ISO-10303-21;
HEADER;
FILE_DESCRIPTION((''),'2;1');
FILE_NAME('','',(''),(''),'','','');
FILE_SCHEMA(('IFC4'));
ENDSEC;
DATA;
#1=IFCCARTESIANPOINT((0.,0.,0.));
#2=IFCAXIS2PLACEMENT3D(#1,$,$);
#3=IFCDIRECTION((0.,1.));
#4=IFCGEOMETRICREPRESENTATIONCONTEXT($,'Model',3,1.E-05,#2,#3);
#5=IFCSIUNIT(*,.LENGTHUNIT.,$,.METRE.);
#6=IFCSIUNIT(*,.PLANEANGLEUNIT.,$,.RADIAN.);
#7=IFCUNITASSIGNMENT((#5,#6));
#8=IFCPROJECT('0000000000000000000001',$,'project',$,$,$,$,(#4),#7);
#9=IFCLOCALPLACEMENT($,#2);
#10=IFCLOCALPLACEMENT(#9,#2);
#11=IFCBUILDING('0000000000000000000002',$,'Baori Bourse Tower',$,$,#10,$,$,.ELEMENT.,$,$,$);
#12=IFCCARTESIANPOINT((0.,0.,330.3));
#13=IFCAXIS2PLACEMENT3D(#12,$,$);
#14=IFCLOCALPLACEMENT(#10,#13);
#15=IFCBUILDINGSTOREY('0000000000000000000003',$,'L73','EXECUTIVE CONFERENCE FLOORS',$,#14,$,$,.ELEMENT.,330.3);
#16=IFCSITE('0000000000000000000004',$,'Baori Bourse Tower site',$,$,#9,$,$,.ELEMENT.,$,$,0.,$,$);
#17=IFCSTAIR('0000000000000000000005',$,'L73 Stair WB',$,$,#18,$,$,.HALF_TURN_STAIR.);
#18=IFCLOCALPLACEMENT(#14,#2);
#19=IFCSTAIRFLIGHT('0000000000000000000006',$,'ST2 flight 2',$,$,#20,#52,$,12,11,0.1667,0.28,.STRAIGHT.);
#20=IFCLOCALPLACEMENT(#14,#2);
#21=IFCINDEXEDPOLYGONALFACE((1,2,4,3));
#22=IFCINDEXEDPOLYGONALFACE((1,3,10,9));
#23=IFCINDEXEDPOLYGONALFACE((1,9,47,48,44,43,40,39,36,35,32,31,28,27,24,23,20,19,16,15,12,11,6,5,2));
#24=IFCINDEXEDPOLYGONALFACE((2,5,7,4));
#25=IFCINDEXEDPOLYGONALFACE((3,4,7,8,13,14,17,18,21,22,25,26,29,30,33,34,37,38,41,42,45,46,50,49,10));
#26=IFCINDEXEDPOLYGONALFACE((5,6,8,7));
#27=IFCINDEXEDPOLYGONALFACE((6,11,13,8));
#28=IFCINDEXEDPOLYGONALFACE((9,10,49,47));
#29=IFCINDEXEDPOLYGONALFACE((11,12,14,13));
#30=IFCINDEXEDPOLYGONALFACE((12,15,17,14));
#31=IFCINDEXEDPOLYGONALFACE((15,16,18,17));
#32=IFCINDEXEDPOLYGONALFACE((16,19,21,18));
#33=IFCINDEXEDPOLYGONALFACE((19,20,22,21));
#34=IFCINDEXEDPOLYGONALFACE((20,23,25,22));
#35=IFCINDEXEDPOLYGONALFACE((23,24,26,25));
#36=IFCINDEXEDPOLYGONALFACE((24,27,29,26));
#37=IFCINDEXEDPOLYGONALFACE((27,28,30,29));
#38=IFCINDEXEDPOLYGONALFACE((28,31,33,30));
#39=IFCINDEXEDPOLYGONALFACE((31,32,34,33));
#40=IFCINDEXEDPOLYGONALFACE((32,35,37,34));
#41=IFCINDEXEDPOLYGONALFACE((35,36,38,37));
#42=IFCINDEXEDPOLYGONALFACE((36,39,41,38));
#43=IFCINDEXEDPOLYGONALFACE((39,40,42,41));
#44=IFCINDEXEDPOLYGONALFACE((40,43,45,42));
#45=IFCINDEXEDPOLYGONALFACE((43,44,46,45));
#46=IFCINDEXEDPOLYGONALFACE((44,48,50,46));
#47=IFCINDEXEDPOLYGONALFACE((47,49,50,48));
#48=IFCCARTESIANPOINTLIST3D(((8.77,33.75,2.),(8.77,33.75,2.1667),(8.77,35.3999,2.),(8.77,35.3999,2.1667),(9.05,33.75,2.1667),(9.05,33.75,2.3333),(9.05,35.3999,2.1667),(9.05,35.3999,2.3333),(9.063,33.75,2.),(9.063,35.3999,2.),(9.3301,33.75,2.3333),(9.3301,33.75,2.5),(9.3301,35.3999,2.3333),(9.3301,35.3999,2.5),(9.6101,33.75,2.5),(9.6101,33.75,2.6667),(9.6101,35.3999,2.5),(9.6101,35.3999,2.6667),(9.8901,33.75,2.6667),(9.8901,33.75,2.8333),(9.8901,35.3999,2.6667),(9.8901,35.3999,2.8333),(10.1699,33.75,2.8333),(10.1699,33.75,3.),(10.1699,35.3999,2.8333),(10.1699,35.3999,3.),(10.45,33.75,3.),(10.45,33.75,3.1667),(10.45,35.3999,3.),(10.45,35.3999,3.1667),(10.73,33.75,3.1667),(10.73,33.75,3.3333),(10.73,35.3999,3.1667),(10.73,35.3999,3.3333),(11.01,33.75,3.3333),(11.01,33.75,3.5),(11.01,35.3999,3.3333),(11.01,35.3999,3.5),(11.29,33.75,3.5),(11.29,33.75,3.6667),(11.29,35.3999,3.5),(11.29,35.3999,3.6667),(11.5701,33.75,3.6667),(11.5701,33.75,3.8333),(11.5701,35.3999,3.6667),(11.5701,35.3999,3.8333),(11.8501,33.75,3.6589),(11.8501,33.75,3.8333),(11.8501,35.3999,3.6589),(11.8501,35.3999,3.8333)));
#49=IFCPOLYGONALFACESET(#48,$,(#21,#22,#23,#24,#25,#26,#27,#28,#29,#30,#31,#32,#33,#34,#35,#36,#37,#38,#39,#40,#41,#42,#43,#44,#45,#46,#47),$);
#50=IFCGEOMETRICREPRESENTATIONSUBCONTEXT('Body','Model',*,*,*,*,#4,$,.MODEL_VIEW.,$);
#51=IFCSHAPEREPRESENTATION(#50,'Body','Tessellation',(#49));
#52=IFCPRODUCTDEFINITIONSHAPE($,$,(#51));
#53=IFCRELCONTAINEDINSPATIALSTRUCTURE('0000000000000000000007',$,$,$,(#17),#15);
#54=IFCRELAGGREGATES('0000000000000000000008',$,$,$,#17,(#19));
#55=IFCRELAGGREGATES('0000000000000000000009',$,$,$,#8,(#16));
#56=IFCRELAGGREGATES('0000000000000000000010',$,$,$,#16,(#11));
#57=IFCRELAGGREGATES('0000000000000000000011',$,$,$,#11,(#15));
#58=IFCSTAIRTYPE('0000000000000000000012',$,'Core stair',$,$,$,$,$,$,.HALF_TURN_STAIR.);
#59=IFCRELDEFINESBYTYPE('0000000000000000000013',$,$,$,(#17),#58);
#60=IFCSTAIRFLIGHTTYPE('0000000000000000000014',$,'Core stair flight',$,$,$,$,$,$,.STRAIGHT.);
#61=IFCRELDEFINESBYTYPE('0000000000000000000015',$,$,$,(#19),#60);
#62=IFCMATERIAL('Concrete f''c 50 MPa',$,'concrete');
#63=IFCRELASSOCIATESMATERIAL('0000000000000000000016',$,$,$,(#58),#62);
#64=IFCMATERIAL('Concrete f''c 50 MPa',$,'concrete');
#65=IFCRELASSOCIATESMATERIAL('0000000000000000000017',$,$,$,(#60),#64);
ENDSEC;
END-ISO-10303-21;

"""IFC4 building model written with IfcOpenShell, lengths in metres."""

from ifc_helpers import new_model, si_unit, direction, frame, origin, place, context, subcontext, project, spatial, polyline, outline, extrude, material, type_object, element, aggregate, save


model = new_model("IFC4")

# Units and contexts
model_context = context("Model", 3, precision=1e-05, world=origin(), true_north=direction((0.0, 1.0)))
body_context = subcontext(model_context, "Body", "Model", "MODEL_VIEW")
ifc_project = project(units=[si_unit("LENGTHUNIT", "METRE"), si_unit("PLANEANGLEUNIT", "RADIAN")], contexts=[model_context])

# Site, building, storey
site_placement = place(None, origin())
site = spatial("IfcSite", under=ifc_project, at=site_placement, Name="Baori Bourse Tower site", CompositionType="ELEMENT", RefElevation=0.0)
building_placement = place(site_placement, origin())
building = spatial("IfcBuilding", under=site, at=building_placement, Name="Baori Bourse Tower", CompositionType="ELEMENT")
storey_placement = place(building_placement, frame((0.0, 0.0, 330.3)))
storey = spatial("IfcBuildingStorey", under=building, at=storey_placement, Name="L73", Description="EXECUTIVE CONFERENCE FLOORS", CompositionType="ELEMENT", Elevation=330.3)

# Stair, stair flight
ifc_material_1 = material(Name="Concrete f'c 50 MPa", Category="concrete")
stair_type = type_object("IfcStairType", Name="Core stair", PredefinedType="HALF_TURN_STAIR", material=ifc_material_1)
stair_placement = place(storey_placement, origin())
stair = element("IfcStair", 1, at=stair_placement, inside=storey, type_object=stair_type, Name="L73 Stair WB", PredefinedType="HALF_TURN_STAIR")
ifc_material_2 = material(Name="Concrete f'c 50 MPa", Category="concrete")
stair_flight_type = type_object("IfcStairFlightType", Name="Core stair flight", PredefinedType="STRAIGHT", material=ifc_material_2)
stair_flight_placement = place(storey_placement, frame((8.77, 34.575, 2.0), z_axis=(0.0, 0.0, 1.0), x_axis=(1.0, 0.0, 0.0)))
stair_flight = element("IfcStairFlight", 2, at=stair_flight_placement, type_object=stair_flight_type, Name="ST2 flight 2", NumberOfRisers=12, NumberOfTreads=11, PredefinedType="STRAIGHT", RiserHeight=0.1667, TreadLength=0.28, context=body_context, shape_type="SweptSolid", body=[
    extrude(outline(polyline([(0.0, 0.0), (0.0, 0.1667), (0.28, 0.1667), (0.28, 0.3333), (0.5601, 0.3333), (0.5601, 0.5), (0.8401, 0.5), (0.8401, 0.6667), (1.1201, 0.6667), (1.1201, 0.8333), (1.3999, 0.8333), (1.3999, 1.0), (1.6799, 1.0), (1.6799, 1.1667), (1.96, 1.1667), (1.96, 1.3333), (2.24, 1.3333), (2.24, 1.5), (2.52, 1.5), (2.52, 1.6667), (2.8, 1.6667), (2.8, 1.8333), (3.0801, 1.8333), (3.0801, 2.0), (3.0801, 1.6589), (0.293, 0.0), (0.0, 0.0)])), frame((0.0, 0.825, 0.0), z_axis=(0.0, -1.0, 0.0), x_axis=(1.0, 0.0, 0.0)), (0.0, 0.0, 1.0), 1.6499),
])
aggregate(stair, [stair_flight])

save(model, "model.ifc")
